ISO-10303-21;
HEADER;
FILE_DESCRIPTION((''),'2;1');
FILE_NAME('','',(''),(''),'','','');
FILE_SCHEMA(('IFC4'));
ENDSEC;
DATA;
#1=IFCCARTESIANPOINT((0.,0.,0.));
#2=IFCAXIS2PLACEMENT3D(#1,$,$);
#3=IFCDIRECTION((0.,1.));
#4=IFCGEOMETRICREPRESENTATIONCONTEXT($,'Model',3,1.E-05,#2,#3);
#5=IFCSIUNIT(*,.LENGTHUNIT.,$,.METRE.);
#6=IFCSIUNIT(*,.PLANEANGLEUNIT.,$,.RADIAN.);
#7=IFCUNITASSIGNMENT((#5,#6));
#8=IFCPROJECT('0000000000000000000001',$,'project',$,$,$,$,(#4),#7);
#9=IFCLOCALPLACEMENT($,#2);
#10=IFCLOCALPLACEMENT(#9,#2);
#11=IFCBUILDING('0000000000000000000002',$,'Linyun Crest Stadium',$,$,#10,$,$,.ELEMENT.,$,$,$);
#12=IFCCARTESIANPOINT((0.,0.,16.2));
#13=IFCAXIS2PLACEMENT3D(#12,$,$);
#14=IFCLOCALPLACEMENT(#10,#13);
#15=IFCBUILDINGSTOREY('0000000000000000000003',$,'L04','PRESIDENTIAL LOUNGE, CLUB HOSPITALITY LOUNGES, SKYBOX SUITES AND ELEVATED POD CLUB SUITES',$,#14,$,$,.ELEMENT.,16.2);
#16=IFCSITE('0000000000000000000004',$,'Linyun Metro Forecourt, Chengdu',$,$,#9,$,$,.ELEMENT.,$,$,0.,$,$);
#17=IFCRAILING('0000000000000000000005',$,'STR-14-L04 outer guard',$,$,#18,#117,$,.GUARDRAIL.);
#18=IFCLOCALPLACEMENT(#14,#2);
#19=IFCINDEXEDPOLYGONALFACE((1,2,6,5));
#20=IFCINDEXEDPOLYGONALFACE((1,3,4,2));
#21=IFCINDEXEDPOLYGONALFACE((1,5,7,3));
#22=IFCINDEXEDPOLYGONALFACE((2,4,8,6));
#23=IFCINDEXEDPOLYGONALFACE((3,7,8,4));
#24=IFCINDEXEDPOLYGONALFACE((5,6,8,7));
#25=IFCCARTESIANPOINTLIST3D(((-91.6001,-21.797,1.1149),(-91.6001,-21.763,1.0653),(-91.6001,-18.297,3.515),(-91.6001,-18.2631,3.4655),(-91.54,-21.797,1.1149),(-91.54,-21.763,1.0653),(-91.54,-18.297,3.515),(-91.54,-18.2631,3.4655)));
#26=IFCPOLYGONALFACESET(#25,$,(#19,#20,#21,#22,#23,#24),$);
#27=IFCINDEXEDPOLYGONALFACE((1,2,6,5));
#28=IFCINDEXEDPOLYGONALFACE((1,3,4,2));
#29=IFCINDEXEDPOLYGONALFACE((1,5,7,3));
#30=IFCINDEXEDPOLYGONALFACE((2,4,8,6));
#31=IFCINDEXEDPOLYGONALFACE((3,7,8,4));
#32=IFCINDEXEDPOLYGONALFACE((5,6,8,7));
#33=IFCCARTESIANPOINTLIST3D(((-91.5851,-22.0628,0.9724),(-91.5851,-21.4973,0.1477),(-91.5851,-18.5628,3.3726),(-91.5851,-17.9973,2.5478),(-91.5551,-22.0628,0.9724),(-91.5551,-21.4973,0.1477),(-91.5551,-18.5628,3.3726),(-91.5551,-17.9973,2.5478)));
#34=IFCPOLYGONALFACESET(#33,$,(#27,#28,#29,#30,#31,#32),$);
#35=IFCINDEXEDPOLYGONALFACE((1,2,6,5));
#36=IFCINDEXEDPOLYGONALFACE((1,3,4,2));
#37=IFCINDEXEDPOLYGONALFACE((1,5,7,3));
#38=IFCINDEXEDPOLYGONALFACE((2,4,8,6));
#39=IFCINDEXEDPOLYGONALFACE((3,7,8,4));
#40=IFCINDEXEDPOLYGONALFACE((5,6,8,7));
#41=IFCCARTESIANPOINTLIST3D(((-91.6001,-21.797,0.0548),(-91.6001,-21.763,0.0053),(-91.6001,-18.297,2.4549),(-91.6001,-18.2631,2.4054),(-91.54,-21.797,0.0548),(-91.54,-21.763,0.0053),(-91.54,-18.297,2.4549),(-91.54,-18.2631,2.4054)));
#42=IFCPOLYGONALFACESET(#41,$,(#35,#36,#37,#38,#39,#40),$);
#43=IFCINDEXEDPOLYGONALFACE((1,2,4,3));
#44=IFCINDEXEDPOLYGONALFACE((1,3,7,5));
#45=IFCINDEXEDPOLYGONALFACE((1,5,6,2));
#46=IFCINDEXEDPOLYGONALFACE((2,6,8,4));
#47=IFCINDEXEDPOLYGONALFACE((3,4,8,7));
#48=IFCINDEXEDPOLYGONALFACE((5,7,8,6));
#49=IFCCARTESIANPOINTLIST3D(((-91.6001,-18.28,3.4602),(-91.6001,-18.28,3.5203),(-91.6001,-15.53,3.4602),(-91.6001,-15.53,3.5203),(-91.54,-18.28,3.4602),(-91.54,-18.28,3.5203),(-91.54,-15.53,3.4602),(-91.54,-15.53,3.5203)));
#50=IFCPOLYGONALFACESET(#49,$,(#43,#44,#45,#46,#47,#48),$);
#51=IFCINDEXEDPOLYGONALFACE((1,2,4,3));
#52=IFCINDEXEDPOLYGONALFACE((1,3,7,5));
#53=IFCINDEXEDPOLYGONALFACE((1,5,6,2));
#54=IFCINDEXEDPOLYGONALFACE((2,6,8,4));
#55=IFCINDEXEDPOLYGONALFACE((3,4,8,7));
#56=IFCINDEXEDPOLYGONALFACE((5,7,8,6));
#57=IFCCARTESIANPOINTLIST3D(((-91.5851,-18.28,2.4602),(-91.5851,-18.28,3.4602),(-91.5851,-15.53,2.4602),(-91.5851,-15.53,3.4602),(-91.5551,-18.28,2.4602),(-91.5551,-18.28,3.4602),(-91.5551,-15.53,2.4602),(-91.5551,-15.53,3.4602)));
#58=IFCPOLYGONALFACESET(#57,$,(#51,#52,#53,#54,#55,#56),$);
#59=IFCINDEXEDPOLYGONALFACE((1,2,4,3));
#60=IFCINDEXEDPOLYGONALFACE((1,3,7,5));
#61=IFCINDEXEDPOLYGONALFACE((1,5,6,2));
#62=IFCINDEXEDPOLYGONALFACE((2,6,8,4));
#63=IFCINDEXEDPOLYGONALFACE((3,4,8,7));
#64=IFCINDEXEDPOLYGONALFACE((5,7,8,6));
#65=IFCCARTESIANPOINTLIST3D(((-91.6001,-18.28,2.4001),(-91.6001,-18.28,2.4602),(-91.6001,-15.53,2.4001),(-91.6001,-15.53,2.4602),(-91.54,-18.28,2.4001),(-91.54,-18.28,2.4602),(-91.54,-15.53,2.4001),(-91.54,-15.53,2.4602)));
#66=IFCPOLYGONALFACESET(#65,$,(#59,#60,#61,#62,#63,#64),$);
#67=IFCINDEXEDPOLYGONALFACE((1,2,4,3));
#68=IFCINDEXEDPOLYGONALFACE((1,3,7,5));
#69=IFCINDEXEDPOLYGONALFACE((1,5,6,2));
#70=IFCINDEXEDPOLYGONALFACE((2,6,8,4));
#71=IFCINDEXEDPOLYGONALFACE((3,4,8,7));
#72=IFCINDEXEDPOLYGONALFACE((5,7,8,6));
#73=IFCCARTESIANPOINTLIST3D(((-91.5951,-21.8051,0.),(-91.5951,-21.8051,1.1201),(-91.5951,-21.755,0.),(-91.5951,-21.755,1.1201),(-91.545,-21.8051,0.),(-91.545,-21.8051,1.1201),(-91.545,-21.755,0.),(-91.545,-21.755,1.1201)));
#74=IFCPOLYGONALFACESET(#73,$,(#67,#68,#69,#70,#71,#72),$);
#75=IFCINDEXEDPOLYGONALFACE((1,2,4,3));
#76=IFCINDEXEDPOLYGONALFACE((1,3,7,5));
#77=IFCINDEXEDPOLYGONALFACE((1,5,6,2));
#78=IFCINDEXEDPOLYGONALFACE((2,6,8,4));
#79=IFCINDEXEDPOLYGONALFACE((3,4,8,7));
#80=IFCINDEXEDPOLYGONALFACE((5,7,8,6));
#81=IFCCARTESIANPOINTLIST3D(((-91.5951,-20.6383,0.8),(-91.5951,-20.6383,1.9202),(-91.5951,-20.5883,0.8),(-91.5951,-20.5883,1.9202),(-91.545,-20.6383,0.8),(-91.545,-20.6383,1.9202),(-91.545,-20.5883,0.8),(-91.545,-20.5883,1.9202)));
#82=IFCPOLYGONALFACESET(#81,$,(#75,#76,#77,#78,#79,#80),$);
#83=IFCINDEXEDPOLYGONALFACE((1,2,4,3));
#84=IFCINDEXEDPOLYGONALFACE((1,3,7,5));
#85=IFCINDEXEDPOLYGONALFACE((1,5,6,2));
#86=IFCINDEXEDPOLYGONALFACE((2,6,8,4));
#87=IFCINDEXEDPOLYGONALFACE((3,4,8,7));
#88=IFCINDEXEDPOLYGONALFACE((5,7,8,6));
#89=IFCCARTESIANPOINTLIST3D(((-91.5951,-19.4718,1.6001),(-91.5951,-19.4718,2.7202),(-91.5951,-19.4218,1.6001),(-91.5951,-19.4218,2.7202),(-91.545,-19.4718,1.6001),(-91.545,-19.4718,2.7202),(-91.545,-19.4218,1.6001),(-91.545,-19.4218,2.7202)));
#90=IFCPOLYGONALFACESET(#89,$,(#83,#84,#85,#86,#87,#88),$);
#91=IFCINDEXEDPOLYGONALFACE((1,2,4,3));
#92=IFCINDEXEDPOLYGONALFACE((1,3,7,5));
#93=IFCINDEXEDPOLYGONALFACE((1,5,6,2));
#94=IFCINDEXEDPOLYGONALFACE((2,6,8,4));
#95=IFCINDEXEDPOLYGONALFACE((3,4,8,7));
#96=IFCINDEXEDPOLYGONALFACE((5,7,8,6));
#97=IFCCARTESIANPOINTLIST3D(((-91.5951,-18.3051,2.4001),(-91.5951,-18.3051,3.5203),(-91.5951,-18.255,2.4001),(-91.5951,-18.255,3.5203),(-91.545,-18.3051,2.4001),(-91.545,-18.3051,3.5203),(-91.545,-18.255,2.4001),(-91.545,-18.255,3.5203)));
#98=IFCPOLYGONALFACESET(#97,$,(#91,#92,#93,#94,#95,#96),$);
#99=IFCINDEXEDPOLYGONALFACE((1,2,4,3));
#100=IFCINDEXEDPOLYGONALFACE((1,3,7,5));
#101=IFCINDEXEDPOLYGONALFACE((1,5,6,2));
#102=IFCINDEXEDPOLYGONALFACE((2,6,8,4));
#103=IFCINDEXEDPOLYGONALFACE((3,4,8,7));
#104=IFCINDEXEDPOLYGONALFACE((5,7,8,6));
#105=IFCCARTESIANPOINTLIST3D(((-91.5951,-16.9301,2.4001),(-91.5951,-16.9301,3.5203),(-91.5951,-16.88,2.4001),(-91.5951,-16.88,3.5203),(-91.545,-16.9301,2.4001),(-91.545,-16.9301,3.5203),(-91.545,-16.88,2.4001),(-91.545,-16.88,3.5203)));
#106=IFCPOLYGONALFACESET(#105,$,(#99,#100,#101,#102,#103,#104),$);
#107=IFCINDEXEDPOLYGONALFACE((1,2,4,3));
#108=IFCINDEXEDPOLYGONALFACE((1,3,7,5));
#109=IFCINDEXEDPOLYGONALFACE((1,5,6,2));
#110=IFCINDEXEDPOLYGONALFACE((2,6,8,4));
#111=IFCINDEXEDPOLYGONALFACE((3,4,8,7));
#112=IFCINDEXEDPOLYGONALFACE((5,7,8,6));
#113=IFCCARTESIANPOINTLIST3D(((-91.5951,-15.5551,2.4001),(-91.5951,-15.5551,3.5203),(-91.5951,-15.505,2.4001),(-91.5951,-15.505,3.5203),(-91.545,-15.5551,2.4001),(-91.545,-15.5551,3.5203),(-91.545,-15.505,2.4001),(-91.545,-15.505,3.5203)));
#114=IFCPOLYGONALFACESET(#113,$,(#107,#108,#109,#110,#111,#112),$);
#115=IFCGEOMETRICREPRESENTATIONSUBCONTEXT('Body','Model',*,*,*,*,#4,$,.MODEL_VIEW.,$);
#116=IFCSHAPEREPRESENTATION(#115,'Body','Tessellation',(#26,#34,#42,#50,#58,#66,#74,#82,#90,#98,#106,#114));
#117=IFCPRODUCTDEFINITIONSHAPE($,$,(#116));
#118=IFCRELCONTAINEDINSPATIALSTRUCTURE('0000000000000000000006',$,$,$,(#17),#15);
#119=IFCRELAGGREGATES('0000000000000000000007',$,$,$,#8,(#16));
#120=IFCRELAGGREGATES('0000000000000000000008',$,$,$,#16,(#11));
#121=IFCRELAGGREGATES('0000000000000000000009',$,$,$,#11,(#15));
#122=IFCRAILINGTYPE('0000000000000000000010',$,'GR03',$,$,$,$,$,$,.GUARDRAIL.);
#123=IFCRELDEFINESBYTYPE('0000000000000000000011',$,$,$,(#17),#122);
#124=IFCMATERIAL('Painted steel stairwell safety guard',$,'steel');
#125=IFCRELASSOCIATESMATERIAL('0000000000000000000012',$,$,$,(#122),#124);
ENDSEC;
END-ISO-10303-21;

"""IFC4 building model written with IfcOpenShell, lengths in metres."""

from ifc_helpers import new_model, si_unit, direction, frame, origin, origin_2d, place, context, subcontext, project, spatial, rectangle, extrude, material, type_object, element, save


model = new_model("IFC4")

# Units and contexts
model_context = context("Model", 3, precision=1e-05, world=origin(), true_north=direction((0.0, 1.0)))
body_context = subcontext(model_context, "Body", "Model", "MODEL_VIEW")
ifc_project = project(units=[si_unit("LENGTHUNIT", "METRE"), si_unit("PLANEANGLEUNIT", "RADIAN")], contexts=[model_context])

# Site, building, storey
site_placement = place(None, origin())
site = spatial("IfcSite", under=ifc_project, at=site_placement, Name="Linyun Metro Forecourt, Chengdu", CompositionType="ELEMENT", RefElevation=0.0)
building_placement = place(site_placement, origin())
building = spatial("IfcBuilding", under=site, at=building_placement, Name="Linyun Crest Stadium", CompositionType="ELEMENT")
storey_placement = place(building_placement, frame((0.0, 0.0, 16.2)))
storey = spatial("IfcBuildingStorey", under=building, at=storey_placement, Name="L04", Description="PRESIDENTIAL LOUNGE, CLUB HOSPITALITY LOUNGES, SKYBOX SUITES AND ELEVATED POD CLUB SUITES", CompositionType="ELEMENT", Elevation=16.2)

# Railing
ifc_material_1 = material(Name="Painted steel stairwell safety guard", Category="steel")
railing_type_1 = type_object("IfcRailingType", Name="GR03", PredefinedType="GUARDRAIL", material=ifc_material_1)
railing_1_placement = place(storey_placement, frame((-91.5701, -21.78, 0.0)))
element("IfcRailing", 1, at=railing_1_placement, inside=storey, type_object=railing_type_1, Name="STR-14-L04 outer guard", PredefinedType="GUARDRAIL", context=body_context, shape_type="SweptSolid", body=[
    extrude(rectangle(XDim=0.0601, YDim=0.0601, at=origin_2d()), frame((0.0, 0.0, 1.0901), z_axis=(0.0, 0.824713, 0.565552), x_axis=(-1.0, 0.0, 0.0)), (0.0, 0.0, 1.0), 4.2439),
    extrude(rectangle(XDim=0.03, YDim=1.0, at=origin_2d()), frame((0.0, 0.0, 0.5601), z_axis=(0.0, 0.824713, 0.565552), x_axis=(-1.0, 0.0, 0.0)), (0.0, 0.0, 1.0), 4.2439),
    extrude(rectangle(XDim=0.0601, YDim=0.0601, at=origin_2d()), frame((0.0, 0.0, 0.03), z_axis=(0.0, 0.824713, 0.565552), x_axis=(-1.0, 0.0, 0.0)), (0.0, 0.0, 1.0), 4.2439),
    extrude(rectangle(XDim=0.0601, YDim=0.0601, at=origin_2d()), frame((0.0, 3.5, 3.4902), z_axis=(0.0, 1.0, 0.0), x_axis=(-1.0, 0.0, 0.0)), (0.0, 0.0, 1.0), 2.75),
    extrude(rectangle(XDim=0.03, YDim=1.0, at=origin_2d()), frame((0.0, 3.5, 2.9602), z_axis=(0.0, 1.0, 0.0), x_axis=(-1.0, 0.0, 0.0)), (0.0, 0.0, 1.0), 2.75),
    extrude(rectangle(XDim=0.0601, YDim=0.0601, at=origin_2d()), frame((0.0, 3.5, 2.4302), z_axis=(0.0, 1.0, 0.0), x_axis=(-1.0, 0.0, 0.0)), (0.0, 0.0, 1.0), 2.75),
    extrude(rectangle(XDim=0.05, YDim=0.05, at=origin_2d()), origin(), (0.0, 0.0, 1.0), 1.1201),
    extrude(rectangle(XDim=0.05, YDim=0.05, at=origin_2d()), frame((0.0, 1.1667, 0.8)), (0.0, 0.0, 1.0), 1.1201),
    extrude(rectangle(XDim=0.05, YDim=0.05, at=origin_2d()), frame((0.0, 2.3333, 1.6001)), (0.0, 0.0, 1.0), 1.1201),
    extrude(rectangle(XDim=0.05, YDim=0.05, at=origin_2d()), frame((0.0, 3.5, 2.4001)), (0.0, 0.0, 1.0), 1.1201),
    extrude(rectangle(XDim=0.05, YDim=0.05, at=origin_2d()), frame((0.0, 4.875, 2.4001)), (0.0, 0.0, 1.0), 1.1201),
    extrude(rectangle(XDim=0.05, YDim=0.05, at=origin_2d()), frame((0.0, 6.25, 2.4001)), (0.0, 0.0, 1.0), 1.1201),
])

save(model, "model.ifc")
